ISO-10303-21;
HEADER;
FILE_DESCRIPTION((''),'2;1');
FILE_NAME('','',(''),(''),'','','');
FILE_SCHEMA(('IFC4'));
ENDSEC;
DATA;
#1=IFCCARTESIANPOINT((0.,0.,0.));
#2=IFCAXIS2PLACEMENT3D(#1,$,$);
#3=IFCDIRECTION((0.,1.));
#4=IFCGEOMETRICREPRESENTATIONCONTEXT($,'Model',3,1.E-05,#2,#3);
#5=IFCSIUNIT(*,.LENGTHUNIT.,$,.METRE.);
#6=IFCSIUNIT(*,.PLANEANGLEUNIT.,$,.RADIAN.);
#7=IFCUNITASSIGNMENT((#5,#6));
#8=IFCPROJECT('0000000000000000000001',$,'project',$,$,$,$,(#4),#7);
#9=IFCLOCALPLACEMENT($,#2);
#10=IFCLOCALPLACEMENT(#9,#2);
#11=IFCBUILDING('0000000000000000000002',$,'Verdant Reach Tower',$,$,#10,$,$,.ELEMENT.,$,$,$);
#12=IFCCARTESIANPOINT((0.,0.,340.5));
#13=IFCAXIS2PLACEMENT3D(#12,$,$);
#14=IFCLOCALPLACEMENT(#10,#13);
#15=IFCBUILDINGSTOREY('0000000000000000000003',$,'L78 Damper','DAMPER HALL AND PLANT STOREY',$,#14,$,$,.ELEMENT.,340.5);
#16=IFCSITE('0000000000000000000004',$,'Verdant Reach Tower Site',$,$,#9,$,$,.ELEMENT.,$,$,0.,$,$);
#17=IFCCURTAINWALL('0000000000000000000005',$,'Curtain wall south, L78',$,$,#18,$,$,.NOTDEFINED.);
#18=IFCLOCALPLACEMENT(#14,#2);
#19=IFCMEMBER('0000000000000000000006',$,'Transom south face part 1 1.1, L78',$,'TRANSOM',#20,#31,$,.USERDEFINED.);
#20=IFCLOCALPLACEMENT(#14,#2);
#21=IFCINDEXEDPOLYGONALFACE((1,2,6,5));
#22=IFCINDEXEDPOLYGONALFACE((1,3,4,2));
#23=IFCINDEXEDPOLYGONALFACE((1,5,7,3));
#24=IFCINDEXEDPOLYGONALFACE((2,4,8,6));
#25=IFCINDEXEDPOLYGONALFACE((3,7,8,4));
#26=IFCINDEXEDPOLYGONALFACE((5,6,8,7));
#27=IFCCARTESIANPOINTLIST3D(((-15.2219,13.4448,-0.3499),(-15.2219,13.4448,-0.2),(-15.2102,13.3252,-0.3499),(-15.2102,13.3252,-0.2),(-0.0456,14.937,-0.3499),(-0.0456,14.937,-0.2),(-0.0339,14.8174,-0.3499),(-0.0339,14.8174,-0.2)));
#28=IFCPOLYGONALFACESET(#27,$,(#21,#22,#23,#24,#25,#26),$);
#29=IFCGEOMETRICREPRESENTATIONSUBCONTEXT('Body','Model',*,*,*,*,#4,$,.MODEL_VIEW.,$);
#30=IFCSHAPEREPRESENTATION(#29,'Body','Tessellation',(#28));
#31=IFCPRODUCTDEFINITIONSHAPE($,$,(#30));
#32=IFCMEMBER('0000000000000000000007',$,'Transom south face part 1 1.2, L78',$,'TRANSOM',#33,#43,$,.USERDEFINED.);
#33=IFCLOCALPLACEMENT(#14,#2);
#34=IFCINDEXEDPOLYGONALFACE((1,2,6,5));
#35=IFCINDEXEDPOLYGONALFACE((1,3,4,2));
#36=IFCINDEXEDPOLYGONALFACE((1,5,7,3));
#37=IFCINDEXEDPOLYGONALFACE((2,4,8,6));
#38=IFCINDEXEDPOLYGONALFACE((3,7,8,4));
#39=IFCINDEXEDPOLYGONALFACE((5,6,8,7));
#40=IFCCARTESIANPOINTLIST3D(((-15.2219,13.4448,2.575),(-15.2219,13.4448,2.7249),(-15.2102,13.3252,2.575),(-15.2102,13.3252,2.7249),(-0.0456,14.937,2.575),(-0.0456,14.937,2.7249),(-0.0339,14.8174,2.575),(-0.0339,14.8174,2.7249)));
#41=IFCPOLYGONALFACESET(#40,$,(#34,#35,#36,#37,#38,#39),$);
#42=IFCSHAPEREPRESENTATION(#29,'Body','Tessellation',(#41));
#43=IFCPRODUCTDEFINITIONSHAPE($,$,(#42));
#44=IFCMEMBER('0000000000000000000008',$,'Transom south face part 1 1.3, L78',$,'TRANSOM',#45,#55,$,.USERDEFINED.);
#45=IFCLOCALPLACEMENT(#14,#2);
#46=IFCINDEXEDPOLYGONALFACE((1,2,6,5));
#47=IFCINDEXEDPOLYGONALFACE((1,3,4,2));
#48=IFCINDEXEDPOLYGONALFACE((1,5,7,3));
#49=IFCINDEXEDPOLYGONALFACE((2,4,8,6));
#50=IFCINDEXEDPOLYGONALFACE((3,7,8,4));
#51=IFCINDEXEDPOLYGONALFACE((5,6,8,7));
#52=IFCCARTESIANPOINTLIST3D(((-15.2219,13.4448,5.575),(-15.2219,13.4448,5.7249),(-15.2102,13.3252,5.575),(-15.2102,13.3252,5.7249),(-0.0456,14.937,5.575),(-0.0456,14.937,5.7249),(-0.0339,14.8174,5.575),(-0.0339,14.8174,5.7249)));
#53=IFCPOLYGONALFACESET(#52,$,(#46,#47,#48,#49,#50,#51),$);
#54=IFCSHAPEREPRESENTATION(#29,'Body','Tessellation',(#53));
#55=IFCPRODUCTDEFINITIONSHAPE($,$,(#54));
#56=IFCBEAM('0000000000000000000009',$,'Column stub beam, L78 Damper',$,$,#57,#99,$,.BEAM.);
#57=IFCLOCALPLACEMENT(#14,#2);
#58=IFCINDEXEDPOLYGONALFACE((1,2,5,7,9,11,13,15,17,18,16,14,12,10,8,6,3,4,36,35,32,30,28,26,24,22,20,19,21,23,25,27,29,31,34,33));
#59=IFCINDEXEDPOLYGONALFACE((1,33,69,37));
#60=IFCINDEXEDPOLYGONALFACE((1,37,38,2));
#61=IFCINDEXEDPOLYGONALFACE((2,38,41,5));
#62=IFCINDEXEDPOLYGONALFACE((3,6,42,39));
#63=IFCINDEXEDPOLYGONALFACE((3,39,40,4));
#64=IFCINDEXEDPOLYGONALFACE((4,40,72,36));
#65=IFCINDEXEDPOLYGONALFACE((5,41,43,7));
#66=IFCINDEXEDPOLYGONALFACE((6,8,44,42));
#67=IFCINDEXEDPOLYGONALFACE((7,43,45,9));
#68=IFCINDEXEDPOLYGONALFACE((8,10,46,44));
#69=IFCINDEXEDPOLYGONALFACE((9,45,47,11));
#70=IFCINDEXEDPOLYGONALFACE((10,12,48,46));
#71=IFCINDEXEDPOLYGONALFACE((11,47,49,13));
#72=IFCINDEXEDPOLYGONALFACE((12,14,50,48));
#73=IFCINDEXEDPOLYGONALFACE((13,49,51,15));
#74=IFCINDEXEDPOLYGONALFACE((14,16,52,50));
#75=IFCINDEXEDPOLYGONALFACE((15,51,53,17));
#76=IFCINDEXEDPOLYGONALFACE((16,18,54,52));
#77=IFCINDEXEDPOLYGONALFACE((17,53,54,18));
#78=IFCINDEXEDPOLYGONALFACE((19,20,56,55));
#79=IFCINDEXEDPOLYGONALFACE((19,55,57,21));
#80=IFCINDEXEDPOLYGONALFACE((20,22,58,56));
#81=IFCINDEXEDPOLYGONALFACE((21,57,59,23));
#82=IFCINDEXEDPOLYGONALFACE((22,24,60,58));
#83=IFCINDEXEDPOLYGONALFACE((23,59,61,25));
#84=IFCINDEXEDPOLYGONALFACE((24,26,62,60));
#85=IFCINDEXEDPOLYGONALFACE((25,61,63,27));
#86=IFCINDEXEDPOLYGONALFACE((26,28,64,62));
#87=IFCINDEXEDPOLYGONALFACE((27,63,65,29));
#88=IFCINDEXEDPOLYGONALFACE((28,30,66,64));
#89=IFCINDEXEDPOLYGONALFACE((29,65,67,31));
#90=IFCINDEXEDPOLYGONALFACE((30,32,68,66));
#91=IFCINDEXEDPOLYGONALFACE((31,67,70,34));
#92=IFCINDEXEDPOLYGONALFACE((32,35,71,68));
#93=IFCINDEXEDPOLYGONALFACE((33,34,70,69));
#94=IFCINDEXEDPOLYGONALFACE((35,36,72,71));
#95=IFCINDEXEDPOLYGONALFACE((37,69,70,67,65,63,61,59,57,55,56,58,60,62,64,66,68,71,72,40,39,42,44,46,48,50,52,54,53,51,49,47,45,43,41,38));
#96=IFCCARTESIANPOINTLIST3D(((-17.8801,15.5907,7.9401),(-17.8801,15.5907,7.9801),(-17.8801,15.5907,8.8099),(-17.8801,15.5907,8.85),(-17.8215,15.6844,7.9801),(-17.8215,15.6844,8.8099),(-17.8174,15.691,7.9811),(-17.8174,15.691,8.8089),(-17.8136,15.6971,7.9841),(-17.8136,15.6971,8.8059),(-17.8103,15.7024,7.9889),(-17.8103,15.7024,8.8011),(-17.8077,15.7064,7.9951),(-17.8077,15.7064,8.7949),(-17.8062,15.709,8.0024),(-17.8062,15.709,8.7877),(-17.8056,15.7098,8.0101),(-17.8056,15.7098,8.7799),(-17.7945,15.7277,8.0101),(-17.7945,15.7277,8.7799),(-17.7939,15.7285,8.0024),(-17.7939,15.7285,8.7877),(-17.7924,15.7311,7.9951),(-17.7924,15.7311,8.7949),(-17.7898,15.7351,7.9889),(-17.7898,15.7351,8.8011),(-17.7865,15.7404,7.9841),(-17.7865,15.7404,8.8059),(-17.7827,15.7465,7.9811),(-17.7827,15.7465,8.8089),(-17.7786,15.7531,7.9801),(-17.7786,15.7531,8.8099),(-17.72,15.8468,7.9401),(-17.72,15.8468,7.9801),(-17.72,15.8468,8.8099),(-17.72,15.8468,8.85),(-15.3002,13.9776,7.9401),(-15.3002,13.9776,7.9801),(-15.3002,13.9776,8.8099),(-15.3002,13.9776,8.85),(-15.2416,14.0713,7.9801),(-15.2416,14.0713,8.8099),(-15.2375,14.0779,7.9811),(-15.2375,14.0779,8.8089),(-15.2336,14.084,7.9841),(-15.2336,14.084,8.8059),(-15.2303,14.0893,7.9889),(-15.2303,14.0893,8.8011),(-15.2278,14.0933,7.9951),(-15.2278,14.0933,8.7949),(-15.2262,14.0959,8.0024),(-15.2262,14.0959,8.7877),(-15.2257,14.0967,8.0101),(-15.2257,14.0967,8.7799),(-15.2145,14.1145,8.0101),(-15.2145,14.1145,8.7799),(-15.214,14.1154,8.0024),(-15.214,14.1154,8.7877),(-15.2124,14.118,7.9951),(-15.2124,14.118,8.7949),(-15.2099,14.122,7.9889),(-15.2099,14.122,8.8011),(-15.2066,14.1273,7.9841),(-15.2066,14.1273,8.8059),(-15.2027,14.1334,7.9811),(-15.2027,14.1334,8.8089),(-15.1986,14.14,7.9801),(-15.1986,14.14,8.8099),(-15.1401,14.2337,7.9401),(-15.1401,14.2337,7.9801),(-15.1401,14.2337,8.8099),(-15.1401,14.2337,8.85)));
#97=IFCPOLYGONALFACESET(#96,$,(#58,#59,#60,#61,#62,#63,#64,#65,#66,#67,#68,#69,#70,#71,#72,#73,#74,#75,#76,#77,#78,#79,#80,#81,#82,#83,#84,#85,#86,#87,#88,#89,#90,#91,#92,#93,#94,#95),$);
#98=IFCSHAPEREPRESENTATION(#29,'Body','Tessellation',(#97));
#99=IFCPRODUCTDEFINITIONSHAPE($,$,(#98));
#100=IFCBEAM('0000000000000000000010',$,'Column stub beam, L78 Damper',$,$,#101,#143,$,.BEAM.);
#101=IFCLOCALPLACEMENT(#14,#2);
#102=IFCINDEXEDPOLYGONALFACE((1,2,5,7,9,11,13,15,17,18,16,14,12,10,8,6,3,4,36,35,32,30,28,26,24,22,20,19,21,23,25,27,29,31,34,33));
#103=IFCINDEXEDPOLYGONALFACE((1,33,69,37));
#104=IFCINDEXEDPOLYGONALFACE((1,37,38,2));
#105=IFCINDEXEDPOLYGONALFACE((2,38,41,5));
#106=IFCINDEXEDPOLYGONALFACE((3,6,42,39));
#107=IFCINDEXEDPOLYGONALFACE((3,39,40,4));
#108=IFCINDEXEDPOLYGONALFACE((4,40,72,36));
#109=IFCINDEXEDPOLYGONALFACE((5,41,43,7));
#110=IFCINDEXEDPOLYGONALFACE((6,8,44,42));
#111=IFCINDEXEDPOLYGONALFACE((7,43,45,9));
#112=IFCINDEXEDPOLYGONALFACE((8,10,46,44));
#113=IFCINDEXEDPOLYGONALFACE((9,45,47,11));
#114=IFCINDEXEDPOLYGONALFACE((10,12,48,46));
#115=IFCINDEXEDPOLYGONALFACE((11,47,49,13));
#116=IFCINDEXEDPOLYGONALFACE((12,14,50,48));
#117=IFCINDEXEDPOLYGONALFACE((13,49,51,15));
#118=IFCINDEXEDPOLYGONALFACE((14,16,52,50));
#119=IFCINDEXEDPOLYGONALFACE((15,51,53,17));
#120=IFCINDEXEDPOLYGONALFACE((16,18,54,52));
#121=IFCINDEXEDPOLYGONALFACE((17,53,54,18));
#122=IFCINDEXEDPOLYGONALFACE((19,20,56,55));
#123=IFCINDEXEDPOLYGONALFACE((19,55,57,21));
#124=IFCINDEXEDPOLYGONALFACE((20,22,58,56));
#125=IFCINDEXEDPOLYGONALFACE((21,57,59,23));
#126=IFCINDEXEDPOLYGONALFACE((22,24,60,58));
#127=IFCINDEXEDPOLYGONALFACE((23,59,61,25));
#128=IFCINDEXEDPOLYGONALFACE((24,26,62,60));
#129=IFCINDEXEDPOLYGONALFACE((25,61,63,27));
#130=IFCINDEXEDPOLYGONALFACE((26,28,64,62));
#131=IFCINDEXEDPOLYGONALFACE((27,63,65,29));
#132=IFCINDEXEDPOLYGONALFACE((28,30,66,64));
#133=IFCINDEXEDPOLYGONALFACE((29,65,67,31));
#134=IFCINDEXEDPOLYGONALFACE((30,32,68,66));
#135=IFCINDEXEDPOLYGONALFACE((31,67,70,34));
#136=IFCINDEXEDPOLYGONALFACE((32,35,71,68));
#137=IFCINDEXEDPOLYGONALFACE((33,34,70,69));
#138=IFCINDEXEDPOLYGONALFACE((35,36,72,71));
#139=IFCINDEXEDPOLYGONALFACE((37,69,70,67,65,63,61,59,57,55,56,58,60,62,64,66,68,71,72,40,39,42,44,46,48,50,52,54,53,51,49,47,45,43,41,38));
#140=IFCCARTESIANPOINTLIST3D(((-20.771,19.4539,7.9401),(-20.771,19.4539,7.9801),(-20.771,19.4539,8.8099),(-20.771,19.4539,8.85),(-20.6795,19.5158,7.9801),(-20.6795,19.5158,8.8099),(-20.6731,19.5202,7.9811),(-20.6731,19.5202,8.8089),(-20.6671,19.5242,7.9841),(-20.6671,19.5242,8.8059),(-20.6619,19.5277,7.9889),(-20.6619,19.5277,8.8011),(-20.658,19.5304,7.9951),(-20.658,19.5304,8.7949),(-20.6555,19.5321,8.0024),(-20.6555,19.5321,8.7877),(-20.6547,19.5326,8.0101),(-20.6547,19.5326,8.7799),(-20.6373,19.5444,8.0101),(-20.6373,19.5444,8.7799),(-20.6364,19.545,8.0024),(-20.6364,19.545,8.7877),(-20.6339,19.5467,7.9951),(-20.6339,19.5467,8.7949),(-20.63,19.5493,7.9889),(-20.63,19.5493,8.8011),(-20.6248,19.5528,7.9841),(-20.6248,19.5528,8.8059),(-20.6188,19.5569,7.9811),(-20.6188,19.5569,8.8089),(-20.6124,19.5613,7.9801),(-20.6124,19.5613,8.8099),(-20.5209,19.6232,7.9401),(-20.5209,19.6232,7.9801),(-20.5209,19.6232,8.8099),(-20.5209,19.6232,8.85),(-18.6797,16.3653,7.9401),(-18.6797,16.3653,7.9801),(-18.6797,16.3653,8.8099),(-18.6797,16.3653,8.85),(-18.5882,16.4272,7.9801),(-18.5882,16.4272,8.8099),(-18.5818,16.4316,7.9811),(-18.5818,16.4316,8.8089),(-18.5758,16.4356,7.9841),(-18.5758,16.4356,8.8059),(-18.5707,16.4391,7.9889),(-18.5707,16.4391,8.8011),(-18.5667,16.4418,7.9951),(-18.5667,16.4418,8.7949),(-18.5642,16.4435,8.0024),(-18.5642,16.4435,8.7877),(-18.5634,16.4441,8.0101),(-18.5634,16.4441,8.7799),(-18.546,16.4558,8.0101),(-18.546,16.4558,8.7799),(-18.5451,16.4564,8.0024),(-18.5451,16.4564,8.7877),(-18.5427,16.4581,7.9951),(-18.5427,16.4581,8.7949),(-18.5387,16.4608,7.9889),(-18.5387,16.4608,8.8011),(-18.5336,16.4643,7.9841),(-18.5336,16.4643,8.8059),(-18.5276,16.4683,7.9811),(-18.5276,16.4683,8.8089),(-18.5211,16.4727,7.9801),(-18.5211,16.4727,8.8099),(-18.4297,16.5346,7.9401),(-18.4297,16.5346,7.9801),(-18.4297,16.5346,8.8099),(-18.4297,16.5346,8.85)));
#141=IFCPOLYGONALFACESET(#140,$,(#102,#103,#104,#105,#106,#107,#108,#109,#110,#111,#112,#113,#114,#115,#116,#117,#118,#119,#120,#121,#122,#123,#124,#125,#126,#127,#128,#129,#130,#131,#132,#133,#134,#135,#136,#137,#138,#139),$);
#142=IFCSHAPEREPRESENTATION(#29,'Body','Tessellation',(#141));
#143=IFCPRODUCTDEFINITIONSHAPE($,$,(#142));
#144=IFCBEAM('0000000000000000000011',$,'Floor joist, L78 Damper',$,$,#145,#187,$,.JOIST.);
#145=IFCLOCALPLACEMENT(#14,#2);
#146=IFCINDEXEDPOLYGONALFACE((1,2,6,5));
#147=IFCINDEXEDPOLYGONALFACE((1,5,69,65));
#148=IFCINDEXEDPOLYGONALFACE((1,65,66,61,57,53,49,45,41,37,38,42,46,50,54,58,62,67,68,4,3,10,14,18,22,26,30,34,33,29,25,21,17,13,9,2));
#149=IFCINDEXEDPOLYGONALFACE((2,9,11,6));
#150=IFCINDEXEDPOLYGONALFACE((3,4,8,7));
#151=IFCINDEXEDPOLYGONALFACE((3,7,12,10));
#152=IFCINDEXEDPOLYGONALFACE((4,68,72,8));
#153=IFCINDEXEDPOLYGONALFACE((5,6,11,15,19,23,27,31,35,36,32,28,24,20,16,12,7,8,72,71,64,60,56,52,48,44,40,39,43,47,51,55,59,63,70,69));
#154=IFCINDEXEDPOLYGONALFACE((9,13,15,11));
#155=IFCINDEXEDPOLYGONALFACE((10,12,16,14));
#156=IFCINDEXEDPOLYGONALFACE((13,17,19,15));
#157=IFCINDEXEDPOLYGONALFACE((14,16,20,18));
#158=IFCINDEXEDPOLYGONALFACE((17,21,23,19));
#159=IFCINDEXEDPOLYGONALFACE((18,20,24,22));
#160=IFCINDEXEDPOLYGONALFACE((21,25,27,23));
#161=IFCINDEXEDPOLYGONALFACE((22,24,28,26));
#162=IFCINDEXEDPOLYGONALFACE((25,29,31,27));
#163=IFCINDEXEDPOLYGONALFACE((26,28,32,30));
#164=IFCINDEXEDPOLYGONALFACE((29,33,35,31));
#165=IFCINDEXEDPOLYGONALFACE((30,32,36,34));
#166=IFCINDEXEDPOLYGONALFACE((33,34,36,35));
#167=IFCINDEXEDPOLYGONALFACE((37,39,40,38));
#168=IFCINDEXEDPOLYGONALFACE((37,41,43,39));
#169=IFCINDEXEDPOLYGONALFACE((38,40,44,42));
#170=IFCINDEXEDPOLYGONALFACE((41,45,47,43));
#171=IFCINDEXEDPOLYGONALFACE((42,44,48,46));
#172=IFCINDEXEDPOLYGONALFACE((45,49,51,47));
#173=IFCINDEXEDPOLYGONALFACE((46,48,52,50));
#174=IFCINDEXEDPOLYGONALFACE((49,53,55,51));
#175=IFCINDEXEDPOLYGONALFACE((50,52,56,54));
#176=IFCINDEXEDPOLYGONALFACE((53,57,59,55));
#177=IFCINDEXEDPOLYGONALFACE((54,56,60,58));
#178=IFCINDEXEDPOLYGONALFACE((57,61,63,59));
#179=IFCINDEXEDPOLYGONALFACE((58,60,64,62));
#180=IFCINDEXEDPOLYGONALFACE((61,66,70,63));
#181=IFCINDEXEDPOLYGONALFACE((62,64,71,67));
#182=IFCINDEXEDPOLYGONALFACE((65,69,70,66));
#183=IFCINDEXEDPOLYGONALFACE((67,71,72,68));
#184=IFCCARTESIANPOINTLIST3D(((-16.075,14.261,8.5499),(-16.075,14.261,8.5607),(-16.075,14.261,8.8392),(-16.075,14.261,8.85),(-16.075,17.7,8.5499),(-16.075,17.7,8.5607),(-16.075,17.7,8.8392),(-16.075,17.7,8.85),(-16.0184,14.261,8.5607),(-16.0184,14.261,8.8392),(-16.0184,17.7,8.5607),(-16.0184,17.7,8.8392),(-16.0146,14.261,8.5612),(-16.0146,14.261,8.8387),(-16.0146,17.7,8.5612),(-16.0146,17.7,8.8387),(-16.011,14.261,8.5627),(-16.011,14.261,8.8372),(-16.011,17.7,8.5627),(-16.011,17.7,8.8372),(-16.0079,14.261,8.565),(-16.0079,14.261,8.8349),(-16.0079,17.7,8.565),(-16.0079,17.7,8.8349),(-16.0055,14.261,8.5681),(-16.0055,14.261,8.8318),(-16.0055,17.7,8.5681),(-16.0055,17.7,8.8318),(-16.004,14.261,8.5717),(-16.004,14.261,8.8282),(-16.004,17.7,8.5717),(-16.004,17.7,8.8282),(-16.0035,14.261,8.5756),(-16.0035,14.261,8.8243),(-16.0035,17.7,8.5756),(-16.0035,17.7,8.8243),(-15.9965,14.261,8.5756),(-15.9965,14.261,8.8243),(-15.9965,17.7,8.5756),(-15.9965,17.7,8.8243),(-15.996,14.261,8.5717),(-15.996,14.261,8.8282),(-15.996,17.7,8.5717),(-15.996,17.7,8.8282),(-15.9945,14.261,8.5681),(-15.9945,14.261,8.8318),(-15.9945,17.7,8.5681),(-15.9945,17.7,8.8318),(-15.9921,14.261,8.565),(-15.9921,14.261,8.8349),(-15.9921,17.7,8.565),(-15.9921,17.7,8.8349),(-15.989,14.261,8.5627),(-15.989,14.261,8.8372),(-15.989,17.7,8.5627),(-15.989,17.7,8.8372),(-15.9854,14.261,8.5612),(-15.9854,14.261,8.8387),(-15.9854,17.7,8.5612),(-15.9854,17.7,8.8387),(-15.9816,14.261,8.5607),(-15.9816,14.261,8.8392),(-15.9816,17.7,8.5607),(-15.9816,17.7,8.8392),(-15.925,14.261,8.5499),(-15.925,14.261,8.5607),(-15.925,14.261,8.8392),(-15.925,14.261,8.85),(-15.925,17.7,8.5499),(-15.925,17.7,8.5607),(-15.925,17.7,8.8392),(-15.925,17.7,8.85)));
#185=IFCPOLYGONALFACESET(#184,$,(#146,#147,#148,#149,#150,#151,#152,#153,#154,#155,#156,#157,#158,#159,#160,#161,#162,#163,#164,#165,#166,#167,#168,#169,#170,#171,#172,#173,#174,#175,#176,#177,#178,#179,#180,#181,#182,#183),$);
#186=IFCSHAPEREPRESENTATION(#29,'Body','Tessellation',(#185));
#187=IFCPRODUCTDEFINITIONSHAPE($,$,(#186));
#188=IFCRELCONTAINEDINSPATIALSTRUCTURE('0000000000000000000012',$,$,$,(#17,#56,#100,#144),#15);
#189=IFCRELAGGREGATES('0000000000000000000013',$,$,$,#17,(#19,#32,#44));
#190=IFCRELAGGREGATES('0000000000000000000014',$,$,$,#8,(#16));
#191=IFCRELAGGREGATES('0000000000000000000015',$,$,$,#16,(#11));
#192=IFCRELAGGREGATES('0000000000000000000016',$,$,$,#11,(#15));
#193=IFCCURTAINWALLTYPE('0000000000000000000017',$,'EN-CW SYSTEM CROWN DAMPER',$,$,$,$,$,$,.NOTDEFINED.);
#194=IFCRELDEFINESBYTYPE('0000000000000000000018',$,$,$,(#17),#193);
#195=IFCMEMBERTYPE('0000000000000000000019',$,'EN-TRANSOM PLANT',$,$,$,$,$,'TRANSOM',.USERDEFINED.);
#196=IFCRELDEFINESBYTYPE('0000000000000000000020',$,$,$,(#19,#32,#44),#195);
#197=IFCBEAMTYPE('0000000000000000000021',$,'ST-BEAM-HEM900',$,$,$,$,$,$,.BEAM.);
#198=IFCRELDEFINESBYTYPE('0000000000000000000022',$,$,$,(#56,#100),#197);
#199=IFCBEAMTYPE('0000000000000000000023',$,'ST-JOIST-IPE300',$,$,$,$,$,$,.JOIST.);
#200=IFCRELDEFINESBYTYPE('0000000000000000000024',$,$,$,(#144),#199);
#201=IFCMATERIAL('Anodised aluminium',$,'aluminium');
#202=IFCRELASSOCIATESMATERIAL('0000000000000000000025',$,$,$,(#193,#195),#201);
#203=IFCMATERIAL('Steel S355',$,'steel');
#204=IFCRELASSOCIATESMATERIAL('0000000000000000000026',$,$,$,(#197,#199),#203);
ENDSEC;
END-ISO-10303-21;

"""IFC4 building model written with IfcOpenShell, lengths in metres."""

from ifc_helpers import new_model, si_unit, direction, frame, origin, origin_2d, place, context, subcontext, project, spatial, rectangle, i_section, extrude, material, material_profile, profile_set, type_object, element, aggregate, save


model = new_model("IFC4")

# Units and contexts
model_context = context("Model", 3, precision=1e-05, world=origin(), true_north=direction((0.0, 1.0)))
body_context = subcontext(model_context, "Body", "Model", "MODEL_VIEW")
ifc_project = project(units=[si_unit("LENGTHUNIT", "METRE"), si_unit("PLANEANGLEUNIT", "RADIAN")], contexts=[model_context])

# Site, building, storey
site_placement = place(None, origin())
site = spatial("IfcSite", under=ifc_project, at=site_placement, Name="Verdant Reach Tower Site", CompositionType="ELEMENT", RefElevation=0.0)
building_placement = place(site_placement, origin())
building = spatial("IfcBuilding", under=site, at=building_placement, Name="Verdant Reach Tower", CompositionType="ELEMENT")
storey_placement = place(building_placement, frame((0.0, 0.0, 340.5)))
storey = spatial("IfcBuildingStorey", under=building, at=storey_placement, Name="L78 Damper", Description="DAMPER HALL AND PLANT STOREY", CompositionType="ELEMENT", Elevation=340.5)

# Shared definitions
ifc_material_1 = material(Name="Anodised aluminium", Category="aluminium")
curtain_wall_type = type_object("IfcCurtainWallType", Name="EN-CW SYSTEM CROWN DAMPER", PredefinedType="NOTDEFINED", material=ifc_material_1)

# Curtain wall
curtain_wall_1_placement = place(storey_placement, origin())
curtain_wall_1 = element("IfcCurtainWall", 1, at=curtain_wall_1_placement, inside=storey, type_object=curtain_wall_type, Name="Curtain wall south, L78", PredefinedType="NOTDEFINED")

# Members
ifc_material_profile_1 = material_profile(ifc_material_1, rectangle(XDim=0.1201, YDim=0.1499, at=origin_2d()), Name="Transom 150x120")
ifc_profile_set_1 = profile_set([ifc_material_profile_1], Name="Anodised aluminium")
member_type_1 = type_object("IfcMemberType", Name="EN-TRANSOM PLANT", ElementType="TRANSOM", PredefinedType="USERDEFINED", material=ifc_profile_set_1)
member_1_placement = place(storey_placement, frame((-15.2161, 13.385, -0.2749), z_axis=(0.995201, 0.097852, 0.0), x_axis=(-0.097852, 0.995201, 0.0)))
member_1 = element("IfcMember", 2, at=member_1_placement, type_object=member_type_1, Name="Transom south face part 1 1.1, L78", ObjectType="TRANSOM", PredefinedType="USERDEFINED", context=body_context, shape_type="SweptSolid", body=[
    extrude(rectangle(XDim=0.1201, YDim=0.1499, at=origin_2d()), origin(), (0.0, 0.0, 1.0), 15.2495),
])
member_2_placement = place(storey_placement, frame((-15.2161, 13.385, 2.6499), z_axis=(0.995201, 0.097852, 0.0), x_axis=(-0.097852, 0.995201, 0.0)))
member_2 = element("IfcMember", 3, at=member_2_placement, type_object=member_type_1, Name="Transom south face part 1 1.2, L78", ObjectType="TRANSOM", PredefinedType="USERDEFINED", context=body_context, shape_type="SweptSolid", body=[
    extrude(rectangle(XDim=0.1201, YDim=0.1499, at=origin_2d()), origin(), (0.0, 0.0, 1.0), 15.2495),
])
member_3_placement = place(storey_placement, frame((-15.2161, 13.385, 5.6499), z_axis=(0.995201, 0.097852, 0.0), x_axis=(-0.097852, 0.995201, 0.0)))
member_3 = element("IfcMember", 4, at=member_3_placement, type_object=member_type_1, Name="Transom south face part 1 1.3, L78", ObjectType="TRANSOM", PredefinedType="USERDEFINED", context=body_context, shape_type="SweptSolid", body=[
    extrude(rectangle(XDim=0.1201, YDim=0.1499, at=origin_2d()), origin(), (0.0, 0.0, 1.0), 15.2495),
])
aggregate(curtain_wall_1, [member_1, member_2, member_3])

# Beams
ifc_material_2 = material(Name="Steel S355", Category="steel")
ifc_material_profile_2 = material_profile(ifc_material_2, i_section(OverallWidth=0.302, OverallDepth=0.9099, WebThickness=0.021, FlangeThickness=0.04, FilletRadius=0.03, at=origin_2d()), Name="HEM 900")
ifc_profile_set_2 = profile_set([ifc_material_profile_2], Name="Steel S355")
beam_type_1 = type_object("IfcBeamType", Name="ST-BEAM-HEM900", PredefinedType="BEAM", material=ifc_profile_set_2)
beam_1_placement = place(storey_placement, frame((-17.8, 15.7188, 8.395), z_axis=(0.847904, -0.53015, 0.0), x_axis=(0.53015, 0.847904, 0.0)))
element("IfcBeam", 5, at=beam_1_placement, inside=storey, type_object=beam_type_1, Name="Column stub beam, L78 Damper", PredefinedType="BEAM", context=body_context, shape_type="SweptSolid", body=[
    extrude(i_section(OverallWidth=0.302, OverallDepth=0.9099, WebThickness=0.021, FlangeThickness=0.04, FilletRadius=0.03, at=origin_2d()), origin(), (0.0, 0.0, 1.0), 3.0427),
])
beam_2_placement = place(storey_placement, frame((-18.5547, 16.45, 8.395), z_axis=(-0.560667, 0.828041, 0.0), x_axis=(-0.828041, -0.560667, 0.0)))
element("IfcBeam", 6, at=beam_2_placement, inside=storey, type_object=beam_type_1, Name="Column stub beam, L78 Damper", PredefinedType="BEAM", context=body_context, shape_type="SweptSolid", body=[
    extrude(i_section(OverallWidth=0.302, OverallDepth=0.9099, WebThickness=0.021, FlangeThickness=0.04, FilletRadius=0.03, at=origin_2d()), origin(), (0.0, 0.0, 1.0), 3.73),
])
ifc_material_profile_3 = material_profile(ifc_material_2, i_section(OverallWidth=0.1499, OverallDepth=0.3, WebThickness=0.0071, FlangeThickness=0.0107, FilletRadius=0.0149, at=origin_2d()), Name="IPE 300")
ifc_profile_set_3 = profile_set([ifc_material_profile_3], Name="Steel S355")
beam_type_2 = type_object("IfcBeamType", Name="ST-JOIST-IPE300", PredefinedType="JOIST", material=ifc_profile_set_3)
beam_3_placement = place(storey_placement, frame((-16.0, 17.7, 8.7), z_axis=(0.0, -1.0, 0.0), x_axis=(1.0, 0.0, 0.0)))
element("IfcBeam", 7, at=beam_3_placement, inside=storey, type_object=beam_type_2, Name="Floor joist, L78 Damper", PredefinedType="JOIST", context=body_context, shape_type="SweptSolid", body=[
    extrude(i_section(OverallWidth=0.1499, OverallDepth=0.3, WebThickness=0.0071, FlangeThickness=0.0107, FilletRadius=0.0149, at=origin_2d()), origin(), (0.0, 0.0, 1.0), 3.439),
])

save(model, "model.ifc")
